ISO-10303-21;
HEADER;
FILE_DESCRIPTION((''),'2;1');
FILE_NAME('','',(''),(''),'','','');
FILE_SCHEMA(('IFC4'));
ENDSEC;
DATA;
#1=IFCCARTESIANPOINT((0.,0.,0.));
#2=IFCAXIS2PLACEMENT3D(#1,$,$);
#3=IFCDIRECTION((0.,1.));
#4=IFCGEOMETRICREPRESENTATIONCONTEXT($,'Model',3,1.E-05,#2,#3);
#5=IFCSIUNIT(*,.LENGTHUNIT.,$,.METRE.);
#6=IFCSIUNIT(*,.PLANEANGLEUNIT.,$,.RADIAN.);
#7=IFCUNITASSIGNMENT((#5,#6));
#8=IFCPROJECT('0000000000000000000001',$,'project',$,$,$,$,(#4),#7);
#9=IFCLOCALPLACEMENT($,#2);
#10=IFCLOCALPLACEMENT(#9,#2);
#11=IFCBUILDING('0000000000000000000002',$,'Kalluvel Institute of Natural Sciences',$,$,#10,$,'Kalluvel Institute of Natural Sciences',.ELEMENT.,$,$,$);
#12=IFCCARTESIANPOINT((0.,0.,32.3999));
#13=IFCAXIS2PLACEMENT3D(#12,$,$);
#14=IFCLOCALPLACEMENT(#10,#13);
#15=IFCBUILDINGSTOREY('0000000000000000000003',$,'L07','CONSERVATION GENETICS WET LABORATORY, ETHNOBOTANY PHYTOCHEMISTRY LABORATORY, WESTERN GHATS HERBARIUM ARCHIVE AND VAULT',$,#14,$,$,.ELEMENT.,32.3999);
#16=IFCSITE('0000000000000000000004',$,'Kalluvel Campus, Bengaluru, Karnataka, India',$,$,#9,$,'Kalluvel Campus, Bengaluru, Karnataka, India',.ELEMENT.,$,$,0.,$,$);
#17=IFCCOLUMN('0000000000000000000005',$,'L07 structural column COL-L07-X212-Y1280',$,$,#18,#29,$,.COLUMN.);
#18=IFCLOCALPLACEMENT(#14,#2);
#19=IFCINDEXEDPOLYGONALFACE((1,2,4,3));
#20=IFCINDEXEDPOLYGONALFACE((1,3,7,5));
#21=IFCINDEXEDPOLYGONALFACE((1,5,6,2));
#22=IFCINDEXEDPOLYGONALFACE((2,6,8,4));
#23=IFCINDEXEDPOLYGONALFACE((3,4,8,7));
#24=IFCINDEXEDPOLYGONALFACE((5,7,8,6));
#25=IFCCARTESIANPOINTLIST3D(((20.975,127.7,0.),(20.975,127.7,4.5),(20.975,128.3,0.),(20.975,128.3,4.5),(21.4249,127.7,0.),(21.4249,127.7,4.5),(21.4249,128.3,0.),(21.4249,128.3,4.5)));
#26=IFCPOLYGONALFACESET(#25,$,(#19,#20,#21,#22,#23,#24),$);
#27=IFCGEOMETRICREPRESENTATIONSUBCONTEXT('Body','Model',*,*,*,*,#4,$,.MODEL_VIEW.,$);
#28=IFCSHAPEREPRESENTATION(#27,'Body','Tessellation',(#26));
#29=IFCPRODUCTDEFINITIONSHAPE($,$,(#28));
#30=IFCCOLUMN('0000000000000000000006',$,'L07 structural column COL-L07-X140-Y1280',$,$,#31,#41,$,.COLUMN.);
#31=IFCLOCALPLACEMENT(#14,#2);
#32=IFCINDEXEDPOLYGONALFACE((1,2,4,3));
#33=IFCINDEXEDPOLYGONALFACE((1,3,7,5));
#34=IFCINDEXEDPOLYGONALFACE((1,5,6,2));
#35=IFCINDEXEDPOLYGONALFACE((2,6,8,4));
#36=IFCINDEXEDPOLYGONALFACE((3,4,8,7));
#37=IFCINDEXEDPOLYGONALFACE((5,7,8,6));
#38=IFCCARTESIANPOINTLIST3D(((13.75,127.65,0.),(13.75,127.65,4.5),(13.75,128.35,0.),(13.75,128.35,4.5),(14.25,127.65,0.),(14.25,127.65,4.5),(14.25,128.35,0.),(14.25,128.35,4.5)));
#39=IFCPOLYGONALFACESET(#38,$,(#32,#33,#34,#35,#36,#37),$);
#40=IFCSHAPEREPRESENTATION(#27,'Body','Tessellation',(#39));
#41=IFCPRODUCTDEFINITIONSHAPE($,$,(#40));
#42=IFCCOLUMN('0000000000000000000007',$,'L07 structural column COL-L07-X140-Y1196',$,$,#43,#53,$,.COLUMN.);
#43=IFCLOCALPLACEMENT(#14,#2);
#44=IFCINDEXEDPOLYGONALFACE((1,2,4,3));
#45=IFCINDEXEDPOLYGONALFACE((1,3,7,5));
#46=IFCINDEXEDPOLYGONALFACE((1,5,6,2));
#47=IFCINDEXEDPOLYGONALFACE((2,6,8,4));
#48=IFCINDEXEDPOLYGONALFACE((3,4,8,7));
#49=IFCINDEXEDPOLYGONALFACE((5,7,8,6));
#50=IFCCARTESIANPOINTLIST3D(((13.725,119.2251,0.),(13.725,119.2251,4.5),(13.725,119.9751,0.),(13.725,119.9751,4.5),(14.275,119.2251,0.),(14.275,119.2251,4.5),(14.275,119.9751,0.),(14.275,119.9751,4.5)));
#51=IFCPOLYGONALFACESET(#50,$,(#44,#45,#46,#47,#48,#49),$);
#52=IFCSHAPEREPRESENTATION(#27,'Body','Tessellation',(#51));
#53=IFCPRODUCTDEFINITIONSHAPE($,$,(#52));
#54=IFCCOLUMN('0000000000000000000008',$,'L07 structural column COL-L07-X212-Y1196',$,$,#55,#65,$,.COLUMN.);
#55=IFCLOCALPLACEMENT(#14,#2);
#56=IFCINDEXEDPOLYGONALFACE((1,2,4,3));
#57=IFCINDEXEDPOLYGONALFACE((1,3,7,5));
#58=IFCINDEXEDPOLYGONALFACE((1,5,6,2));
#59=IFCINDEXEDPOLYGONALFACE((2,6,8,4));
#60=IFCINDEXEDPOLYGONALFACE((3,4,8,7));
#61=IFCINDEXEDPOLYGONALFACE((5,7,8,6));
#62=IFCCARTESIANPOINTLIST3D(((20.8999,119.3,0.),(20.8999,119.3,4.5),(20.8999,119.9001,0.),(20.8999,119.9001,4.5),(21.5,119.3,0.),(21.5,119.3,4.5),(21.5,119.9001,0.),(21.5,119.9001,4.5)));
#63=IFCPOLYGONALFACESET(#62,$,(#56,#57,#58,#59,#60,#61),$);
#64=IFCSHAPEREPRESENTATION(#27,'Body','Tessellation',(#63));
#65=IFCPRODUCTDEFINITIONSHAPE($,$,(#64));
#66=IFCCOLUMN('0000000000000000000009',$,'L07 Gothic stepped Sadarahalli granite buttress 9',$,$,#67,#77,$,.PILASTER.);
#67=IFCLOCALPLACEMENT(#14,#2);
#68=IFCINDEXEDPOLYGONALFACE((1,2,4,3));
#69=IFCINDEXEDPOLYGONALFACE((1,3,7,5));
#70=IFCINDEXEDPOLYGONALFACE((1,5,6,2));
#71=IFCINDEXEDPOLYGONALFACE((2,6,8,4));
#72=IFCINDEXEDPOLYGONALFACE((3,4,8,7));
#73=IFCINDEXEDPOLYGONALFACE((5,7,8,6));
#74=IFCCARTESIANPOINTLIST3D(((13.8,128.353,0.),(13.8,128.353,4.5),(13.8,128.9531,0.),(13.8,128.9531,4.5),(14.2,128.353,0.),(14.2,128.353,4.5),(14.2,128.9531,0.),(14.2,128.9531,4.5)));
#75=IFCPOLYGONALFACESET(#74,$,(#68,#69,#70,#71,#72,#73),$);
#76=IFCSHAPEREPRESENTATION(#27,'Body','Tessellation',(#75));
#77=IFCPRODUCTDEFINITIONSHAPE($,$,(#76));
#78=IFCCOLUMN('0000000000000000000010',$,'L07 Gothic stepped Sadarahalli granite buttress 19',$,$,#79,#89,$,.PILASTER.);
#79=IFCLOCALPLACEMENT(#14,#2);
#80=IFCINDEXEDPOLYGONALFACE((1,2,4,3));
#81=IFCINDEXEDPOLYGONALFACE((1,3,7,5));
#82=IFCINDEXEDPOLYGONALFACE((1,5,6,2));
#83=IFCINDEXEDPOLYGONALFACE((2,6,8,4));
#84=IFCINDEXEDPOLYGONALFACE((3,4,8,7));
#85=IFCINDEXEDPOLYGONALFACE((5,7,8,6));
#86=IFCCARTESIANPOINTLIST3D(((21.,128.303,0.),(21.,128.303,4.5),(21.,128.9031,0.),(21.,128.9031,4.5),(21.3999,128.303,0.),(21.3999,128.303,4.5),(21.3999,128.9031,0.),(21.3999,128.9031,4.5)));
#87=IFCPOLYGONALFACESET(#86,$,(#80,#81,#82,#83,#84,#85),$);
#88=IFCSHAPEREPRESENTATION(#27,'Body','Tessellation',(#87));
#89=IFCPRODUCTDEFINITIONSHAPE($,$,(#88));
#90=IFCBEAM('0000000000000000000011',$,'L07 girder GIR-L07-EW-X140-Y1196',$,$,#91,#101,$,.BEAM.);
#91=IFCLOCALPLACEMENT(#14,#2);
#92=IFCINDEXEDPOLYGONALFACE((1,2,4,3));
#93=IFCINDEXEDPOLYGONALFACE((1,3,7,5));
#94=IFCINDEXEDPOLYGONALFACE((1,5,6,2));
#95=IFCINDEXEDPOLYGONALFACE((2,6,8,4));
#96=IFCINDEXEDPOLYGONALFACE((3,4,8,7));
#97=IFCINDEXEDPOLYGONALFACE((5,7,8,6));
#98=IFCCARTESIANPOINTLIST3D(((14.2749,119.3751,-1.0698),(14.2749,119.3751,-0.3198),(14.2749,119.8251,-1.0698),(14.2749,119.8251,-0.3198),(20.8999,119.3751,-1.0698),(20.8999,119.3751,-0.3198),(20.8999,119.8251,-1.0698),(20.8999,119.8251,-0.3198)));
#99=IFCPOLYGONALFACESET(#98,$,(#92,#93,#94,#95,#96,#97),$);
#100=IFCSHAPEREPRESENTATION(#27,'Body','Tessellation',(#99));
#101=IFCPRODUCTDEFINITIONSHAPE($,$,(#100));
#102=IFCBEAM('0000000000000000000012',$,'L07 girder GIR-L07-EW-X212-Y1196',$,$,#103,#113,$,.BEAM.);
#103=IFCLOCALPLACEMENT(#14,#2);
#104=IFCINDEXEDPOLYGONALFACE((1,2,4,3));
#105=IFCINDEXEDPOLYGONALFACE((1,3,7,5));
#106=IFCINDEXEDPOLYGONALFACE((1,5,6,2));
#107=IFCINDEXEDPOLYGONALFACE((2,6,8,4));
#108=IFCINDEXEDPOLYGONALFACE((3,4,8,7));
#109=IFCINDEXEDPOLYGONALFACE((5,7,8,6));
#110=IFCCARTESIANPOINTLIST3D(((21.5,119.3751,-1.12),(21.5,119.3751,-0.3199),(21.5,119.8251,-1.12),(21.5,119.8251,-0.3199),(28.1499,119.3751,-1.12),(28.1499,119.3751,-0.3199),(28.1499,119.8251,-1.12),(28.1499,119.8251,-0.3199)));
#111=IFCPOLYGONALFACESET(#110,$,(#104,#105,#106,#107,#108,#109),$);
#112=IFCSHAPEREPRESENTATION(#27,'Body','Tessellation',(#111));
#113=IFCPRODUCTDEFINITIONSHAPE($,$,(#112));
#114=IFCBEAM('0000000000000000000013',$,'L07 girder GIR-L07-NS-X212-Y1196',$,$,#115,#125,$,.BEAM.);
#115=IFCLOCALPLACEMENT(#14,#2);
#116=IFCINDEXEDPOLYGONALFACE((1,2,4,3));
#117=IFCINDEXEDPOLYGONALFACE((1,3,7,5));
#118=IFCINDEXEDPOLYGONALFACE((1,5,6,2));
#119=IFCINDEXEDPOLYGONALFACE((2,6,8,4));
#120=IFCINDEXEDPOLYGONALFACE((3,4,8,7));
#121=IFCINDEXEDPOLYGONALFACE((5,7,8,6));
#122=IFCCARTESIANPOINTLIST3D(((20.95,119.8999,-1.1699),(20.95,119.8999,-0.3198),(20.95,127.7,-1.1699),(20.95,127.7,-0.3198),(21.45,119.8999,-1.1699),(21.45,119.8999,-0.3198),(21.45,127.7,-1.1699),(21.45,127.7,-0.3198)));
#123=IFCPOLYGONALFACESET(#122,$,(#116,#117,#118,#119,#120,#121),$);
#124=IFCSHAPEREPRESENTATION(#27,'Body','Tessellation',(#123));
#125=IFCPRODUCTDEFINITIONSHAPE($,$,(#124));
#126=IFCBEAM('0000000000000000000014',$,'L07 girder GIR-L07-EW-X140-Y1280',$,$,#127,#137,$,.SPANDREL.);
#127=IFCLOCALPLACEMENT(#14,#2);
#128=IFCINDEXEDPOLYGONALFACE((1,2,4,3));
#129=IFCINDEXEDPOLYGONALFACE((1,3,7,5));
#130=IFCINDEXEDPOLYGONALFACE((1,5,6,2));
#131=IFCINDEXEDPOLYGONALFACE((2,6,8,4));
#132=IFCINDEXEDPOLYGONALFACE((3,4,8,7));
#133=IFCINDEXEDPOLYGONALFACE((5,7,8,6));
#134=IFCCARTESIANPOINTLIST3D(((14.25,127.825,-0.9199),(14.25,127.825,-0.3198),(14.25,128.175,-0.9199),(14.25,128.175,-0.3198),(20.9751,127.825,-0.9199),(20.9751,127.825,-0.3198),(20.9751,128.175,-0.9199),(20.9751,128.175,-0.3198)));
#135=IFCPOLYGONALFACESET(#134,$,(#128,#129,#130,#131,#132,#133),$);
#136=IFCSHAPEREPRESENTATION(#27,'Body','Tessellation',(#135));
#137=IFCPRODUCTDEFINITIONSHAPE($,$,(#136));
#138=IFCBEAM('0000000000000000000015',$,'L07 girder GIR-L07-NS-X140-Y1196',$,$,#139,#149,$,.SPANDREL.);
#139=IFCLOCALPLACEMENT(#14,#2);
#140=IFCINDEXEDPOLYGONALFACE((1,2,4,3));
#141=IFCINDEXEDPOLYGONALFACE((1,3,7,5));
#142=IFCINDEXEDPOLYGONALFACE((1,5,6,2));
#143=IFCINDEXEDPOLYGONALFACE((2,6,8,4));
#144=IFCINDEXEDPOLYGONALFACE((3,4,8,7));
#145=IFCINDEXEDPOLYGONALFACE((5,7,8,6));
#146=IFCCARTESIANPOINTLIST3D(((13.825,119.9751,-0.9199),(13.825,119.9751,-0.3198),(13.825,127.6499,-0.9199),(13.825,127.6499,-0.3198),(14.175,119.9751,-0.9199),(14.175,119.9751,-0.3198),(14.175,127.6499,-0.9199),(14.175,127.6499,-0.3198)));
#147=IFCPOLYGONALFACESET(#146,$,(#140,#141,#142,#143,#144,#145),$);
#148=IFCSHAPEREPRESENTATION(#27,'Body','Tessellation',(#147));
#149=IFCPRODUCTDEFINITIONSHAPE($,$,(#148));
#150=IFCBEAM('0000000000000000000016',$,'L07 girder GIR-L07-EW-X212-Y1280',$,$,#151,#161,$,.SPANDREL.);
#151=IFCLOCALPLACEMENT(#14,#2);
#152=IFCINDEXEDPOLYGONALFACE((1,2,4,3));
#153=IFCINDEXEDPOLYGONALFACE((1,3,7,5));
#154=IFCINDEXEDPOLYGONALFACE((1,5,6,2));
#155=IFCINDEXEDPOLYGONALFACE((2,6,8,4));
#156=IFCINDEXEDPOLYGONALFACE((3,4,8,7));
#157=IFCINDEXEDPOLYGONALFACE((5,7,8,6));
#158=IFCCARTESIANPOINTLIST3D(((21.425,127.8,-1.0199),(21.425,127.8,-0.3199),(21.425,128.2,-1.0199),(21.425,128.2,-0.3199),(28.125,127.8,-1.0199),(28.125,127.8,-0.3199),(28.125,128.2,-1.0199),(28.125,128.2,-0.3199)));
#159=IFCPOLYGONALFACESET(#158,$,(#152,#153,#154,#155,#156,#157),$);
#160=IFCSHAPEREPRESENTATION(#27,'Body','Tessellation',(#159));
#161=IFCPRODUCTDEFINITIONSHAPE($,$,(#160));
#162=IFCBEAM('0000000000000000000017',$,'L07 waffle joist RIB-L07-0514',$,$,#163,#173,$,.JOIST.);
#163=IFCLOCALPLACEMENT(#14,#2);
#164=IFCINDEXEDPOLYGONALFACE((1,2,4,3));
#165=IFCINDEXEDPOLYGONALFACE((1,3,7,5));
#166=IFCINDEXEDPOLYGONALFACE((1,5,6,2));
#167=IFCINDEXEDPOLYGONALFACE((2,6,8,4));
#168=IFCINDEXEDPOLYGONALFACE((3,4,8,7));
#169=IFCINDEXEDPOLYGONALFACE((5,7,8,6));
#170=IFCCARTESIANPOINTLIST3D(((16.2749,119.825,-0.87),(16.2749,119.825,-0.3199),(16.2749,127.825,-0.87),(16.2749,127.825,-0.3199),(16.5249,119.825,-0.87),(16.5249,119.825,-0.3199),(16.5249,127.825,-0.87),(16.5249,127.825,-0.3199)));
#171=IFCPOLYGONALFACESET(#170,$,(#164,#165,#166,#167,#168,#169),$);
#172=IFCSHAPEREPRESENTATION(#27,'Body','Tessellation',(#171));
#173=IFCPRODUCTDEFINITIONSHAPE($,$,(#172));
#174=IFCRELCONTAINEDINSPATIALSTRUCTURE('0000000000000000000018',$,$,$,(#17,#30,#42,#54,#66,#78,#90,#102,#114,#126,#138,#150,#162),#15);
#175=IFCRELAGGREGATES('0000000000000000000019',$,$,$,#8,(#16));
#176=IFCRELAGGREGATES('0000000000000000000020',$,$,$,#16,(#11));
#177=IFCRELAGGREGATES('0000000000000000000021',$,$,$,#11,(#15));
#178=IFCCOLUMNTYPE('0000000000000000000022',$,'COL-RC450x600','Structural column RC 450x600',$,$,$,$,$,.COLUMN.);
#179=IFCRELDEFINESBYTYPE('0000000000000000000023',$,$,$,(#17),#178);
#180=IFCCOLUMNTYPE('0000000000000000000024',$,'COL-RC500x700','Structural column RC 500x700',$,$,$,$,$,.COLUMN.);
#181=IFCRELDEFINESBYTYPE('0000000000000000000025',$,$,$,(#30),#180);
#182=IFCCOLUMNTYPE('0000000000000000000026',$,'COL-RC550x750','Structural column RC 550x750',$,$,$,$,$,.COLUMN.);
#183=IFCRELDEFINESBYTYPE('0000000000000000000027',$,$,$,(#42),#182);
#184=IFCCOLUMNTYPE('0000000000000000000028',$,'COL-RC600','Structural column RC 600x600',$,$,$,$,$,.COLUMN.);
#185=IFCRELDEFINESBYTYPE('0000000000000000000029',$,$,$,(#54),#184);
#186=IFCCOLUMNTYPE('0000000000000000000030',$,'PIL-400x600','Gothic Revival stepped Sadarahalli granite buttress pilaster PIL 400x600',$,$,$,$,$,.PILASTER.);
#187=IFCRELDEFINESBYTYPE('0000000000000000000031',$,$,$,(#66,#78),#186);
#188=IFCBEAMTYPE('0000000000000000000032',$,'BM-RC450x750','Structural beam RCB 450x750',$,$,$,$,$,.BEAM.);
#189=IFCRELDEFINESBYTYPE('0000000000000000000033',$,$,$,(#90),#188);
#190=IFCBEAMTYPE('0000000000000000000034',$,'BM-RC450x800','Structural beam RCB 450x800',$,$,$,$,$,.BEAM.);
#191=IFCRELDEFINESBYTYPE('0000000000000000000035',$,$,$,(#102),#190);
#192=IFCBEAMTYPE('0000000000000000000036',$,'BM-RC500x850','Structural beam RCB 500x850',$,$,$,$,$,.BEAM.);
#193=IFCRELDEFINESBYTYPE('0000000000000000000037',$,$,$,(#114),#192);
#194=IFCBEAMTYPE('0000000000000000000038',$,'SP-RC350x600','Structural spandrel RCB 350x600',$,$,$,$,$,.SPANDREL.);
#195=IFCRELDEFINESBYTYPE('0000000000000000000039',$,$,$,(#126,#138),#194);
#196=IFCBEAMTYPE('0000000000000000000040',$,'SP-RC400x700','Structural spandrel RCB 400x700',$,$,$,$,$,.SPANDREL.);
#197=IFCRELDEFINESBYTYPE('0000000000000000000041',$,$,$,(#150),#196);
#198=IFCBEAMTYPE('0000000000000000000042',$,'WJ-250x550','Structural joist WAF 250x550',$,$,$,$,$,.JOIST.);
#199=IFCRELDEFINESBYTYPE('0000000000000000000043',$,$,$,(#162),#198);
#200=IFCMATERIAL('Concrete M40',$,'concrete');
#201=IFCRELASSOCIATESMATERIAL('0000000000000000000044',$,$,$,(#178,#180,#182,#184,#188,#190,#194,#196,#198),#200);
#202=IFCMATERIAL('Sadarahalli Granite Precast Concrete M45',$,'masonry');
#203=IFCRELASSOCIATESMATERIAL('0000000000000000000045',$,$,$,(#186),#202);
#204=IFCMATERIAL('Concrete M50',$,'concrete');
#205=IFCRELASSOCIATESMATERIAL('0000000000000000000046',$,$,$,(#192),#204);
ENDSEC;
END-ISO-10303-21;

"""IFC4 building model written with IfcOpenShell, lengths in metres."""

from ifc_helpers import new_model, si_unit, direction, frame, origin, origin_2d, place, context, subcontext, project, spatial, rectangle, extrude, material, material_profile, profile_set, type_object, element, save


model = new_model("IFC4")

# Units and contexts
model_context = context("Model", 3, precision=1e-05, world=origin(), true_north=direction((0.0, 1.0)))
body_context = subcontext(model_context, "Body", "Model", "MODEL_VIEW")
ifc_project = project(units=[si_unit("LENGTHUNIT", "METRE"), si_unit("PLANEANGLEUNIT", "RADIAN")], contexts=[model_context])

# Site, building, storey
site_placement = place(None, origin())
site = spatial("IfcSite", under=ifc_project, at=site_placement, Name="Kalluvel Campus, Bengaluru, Karnataka, India", LongName="Kalluvel Campus, Bengaluru, Karnataka, India", CompositionType="ELEMENT", RefElevation=0.0)
building_placement = place(site_placement, origin())
building = spatial("IfcBuilding", under=site, at=building_placement, Name="Kalluvel Institute of Natural Sciences", LongName="Kalluvel Institute of Natural Sciences", CompositionType="ELEMENT")
storey_placement = place(building_placement, frame((0.0, 0.0, 32.3999)))
storey = spatial("IfcBuildingStorey", under=building, at=storey_placement, Name="L07", Description="CONSERVATION GENETICS WET LABORATORY, ETHNOBOTANY PHYTOCHEMISTRY LABORATORY, WESTERN GHATS HERBARIUM ARCHIVE AND VAULT", CompositionType="ELEMENT", Elevation=32.3999)

# Columns
ifc_material_1 = material(Name="Concrete M40", Category="concrete")
ifc_material_profile_1 = material_profile(ifc_material_1, rectangle(XDim=0.45, YDim=0.6001, at=origin_2d()), Name="RC 450x600")
ifc_profile_set_1 = profile_set([ifc_material_profile_1], Name="Concrete M40")
column_type_1 = type_object("IfcColumnType", Name="COL-RC450x600", Description="Structural column RC 450x600", PredefinedType="COLUMN", material=ifc_profile_set_1)
column_1_placement = place(storey_placement, frame((21.2, 128.0, 0.0), z_axis=(0.0, 0.0, 1.0), x_axis=(1.0, 0.0, 0.0)))
element("IfcColumn", 1, at=column_1_placement, inside=storey, type_object=column_type_1, Name="L07 structural column COL-L07-X212-Y1280", PredefinedType="COLUMN", context=body_context, shape_type="SweptSolid", body=[
    extrude(rectangle(XDim=0.45, YDim=0.6001, at=origin_2d()), origin(), (0.0, 0.0, 1.0), 4.5),
])
ifc_material_profile_2 = material_profile(ifc_material_1, rectangle(XDim=0.5, YDim=0.7, at=origin_2d()), Name="RC 500x700")
ifc_profile_set_2 = profile_set([ifc_material_profile_2], Name="Concrete M40")
column_type_2 = type_object("IfcColumnType", Name="COL-RC500x700", Description="Structural column RC 500x700", PredefinedType="COLUMN", material=ifc_profile_set_2)
column_2_placement = place(storey_placement, frame((14.0, 128.0, 0.0), z_axis=(0.0, 0.0, 1.0), x_axis=(1.0, 0.0, 0.0)))
element("IfcColumn", 2, at=column_2_placement, inside=storey, type_object=column_type_2, Name="L07 structural column COL-L07-X140-Y1280", PredefinedType="COLUMN", context=body_context, shape_type="SweptSolid", body=[
    extrude(rectangle(XDim=0.5, YDim=0.7, at=origin_2d()), origin(), (0.0, 0.0, 1.0), 4.5),
])
ifc_material_profile_3 = material_profile(ifc_material_1, rectangle(XDim=0.55, YDim=0.75, at=origin_2d()), Name="RC 550x750")
ifc_profile_set_3 = profile_set([ifc_material_profile_3], Name="Concrete M40")
column_type_3 = type_object("IfcColumnType", Name="COL-RC550x750", Description="Structural column RC 550x750", PredefinedType="COLUMN", material=ifc_profile_set_3)
column_3_placement = place(storey_placement, frame((14.0, 119.6001, 0.0), z_axis=(0.0, 0.0, 1.0), x_axis=(1.0, 0.0, 0.0)))
element("IfcColumn", 3, at=column_3_placement, inside=storey, type_object=column_type_3, Name="L07 structural column COL-L07-X140-Y1196", PredefinedType="COLUMN", context=body_context, shape_type="SweptSolid", body=[
    extrude(rectangle(XDim=0.55, YDim=0.75, at=origin_2d()), origin(), (0.0, 0.0, 1.0), 4.5),
])
ifc_material_profile_4 = material_profile(ifc_material_1, rectangle(XDim=0.6001, YDim=0.6001, at=origin_2d()), Name="RC 600x600")
ifc_profile_set_4 = profile_set([ifc_material_profile_4], Name="Concrete M40")
column_type_4 = type_object("IfcColumnType", Name="COL-RC600", Description="Structural column RC 600x600", PredefinedType="COLUMN", material=ifc_profile_set_4)
column_4_placement = place(storey_placement, frame((21.2, 119.6001, 0.0), z_axis=(0.0, 0.0, 1.0), x_axis=(1.0, 0.0, 0.0)))
element("IfcColumn", 4, at=column_4_placement, inside=storey, type_object=column_type_4, Name="L07 structural column COL-L07-X212-Y1196", PredefinedType="COLUMN", context=body_context, shape_type="SweptSolid", body=[
    extrude(rectangle(XDim=0.6001, YDim=0.6001, at=origin_2d()), origin(), (0.0, 0.0, 1.0), 4.5),
])
ifc_material_2 = material(Name="Sadarahalli Granite Precast Concrete M45", Category="masonry")
ifc_material_profile_5 = material_profile(ifc_material_2, rectangle(XDim=0.3999, YDim=0.6001, at=origin_2d()), Name="PIL 400x600")
ifc_profile_set_5 = profile_set([ifc_material_profile_5], Name="Sadarahalli Granite Precast Concrete M45")
column_type_5 = type_object("IfcColumnType", Name="PIL-400x600", Description="Gothic Revival stepped Sadarahalli granite buttress pilaster PIL 400x600", PredefinedType="PILASTER", material=ifc_profile_set_5)
for number, where, z_axis, x_axis, name in (
    (5, (14.0, 128.6531, 0.0), (0.0, 0.0, 1.0), (1.0, 0.0, 0.0), "L07 Gothic stepped Sadarahalli granite buttress 9"),
    (6, (21.2, 128.603, 0.0), (0.0, 0.0, 1.0), (1.0, 0.0, 0.0), "L07 Gothic stepped Sadarahalli granite buttress 19"),
):
    element("IfcColumn", number, at=place(storey_placement, frame(where, z_axis=z_axis, x_axis=x_axis)), inside=storey, type_object=column_type_5, Name=name, PredefinedType="PILASTER", context=body_context, shape_type="SweptSolid", body=[
        extrude(rectangle(XDim=0.3999, YDim=0.6001, at=origin_2d()), origin(), (0.0, 0.0, 1.0), 4.5),
    ])

# Beams
ifc_material_profile_6 = material_profile(ifc_material_1, rectangle(XDim=0.45, YDim=0.75, at=origin_2d()), Name="RCB 450x750")
ifc_profile_set_6 = profile_set([ifc_material_profile_6], Name="Concrete M40")
beam_type_1 = type_object("IfcBeamType", Name="BM-RC450x750", Description="Structural beam RCB 450x750", PredefinedType="BEAM", material=ifc_profile_set_6)
beam_1_placement = place(storey_placement, frame((14.2749, 119.6001, -0.6948), z_axis=(1.0, 0.0, 0.0), x_axis=(0.0, 1.0, 0.0)))
element("IfcBeam", 7, at=beam_1_placement, inside=storey, type_object=beam_type_1, Name="L07 girder GIR-L07-EW-X140-Y1196", PredefinedType="BEAM", context=body_context, shape_type="SweptSolid", body=[
    extrude(rectangle(XDim=0.45, YDim=0.75, at=origin_2d()), origin(), (0.0, 0.0, 1.0), 6.625),
])
ifc_material_profile_7 = material_profile(ifc_material_1, rectangle(XDim=0.45, YDim=0.8, at=origin_2d()), Name="RCB 450x800")
ifc_profile_set_7 = profile_set([ifc_material_profile_7], Name="Concrete M40")
beam_type_2 = type_object("IfcBeamType", Name="BM-RC450x800", Description="Structural beam RCB 450x800", PredefinedType="BEAM", material=ifc_profile_set_7)
beam_2_placement = place(storey_placement, frame((21.5, 119.6001, -0.72), z_axis=(1.0, 0.0, 0.0), x_axis=(0.0, 1.0, 0.0)))
element("IfcBeam", 8, at=beam_2_placement, inside=storey, type_object=beam_type_2, Name="L07 girder GIR-L07-EW-X212-Y1196", PredefinedType="BEAM", context=body_context, shape_type="SweptSolid", body=[
    extrude(rectangle(XDim=0.45, YDim=0.8, at=origin_2d()), origin(), (0.0, 0.0, 1.0), 6.6499),
])
ifc_material_3 = material(Name="Concrete M50", Category="concrete")
ifc_material_profile_8 = material_profile(ifc_material_3, rectangle(XDim=0.5, YDim=0.8501, at=origin_2d()), Name="RCB 500x850")
ifc_profile_set_8 = profile_set([ifc_material_profile_8], Name="Concrete M50")
beam_type_3 = type_object("IfcBeamType", Name="BM-RC500x850", Description="Structural beam RCB 500x850", PredefinedType="BEAM", material=ifc_profile_set_8)
beam_3_placement = place(storey_placement, frame((21.2, 119.8999, -0.7449), z_axis=(0.0, 1.0, 0.0), x_axis=(-1.0, 0.0, 0.0)))
element("IfcBeam", 9, at=beam_3_placement, inside=storey, type_object=beam_type_3, Name="L07 girder GIR-L07-NS-X212-Y1196", PredefinedType="BEAM", context=body_context, shape_type="SweptSolid", body=[
    extrude(rectangle(XDim=0.5, YDim=0.8501, at=origin_2d()), origin(), (0.0, 0.0, 1.0), 7.8),
])
ifc_material_profile_9 = material_profile(ifc_material_1, rectangle(XDim=0.3501, YDim=0.6001, at=origin_2d()), Name="RCB 350x600")
ifc_profile_set_9 = profile_set([ifc_material_profile_9], Name="Concrete M40")
beam_type_4 = type_object("IfcBeamType", Name="SP-RC350x600", Description="Structural spandrel RCB 350x600", PredefinedType="SPANDREL", material=ifc_profile_set_9)
beam_4_placement = place(storey_placement, frame((14.25, 128.0, -0.6199), z_axis=(1.0, 0.0, 0.0), x_axis=(0.0, 1.0, 0.0)))
element("IfcBeam", 10, at=beam_4_placement, inside=storey, type_object=beam_type_4, Name="L07 girder GIR-L07-EW-X140-Y1280", PredefinedType="SPANDREL", context=body_context, shape_type="SweptSolid", body=[
    extrude(rectangle(XDim=0.3501, YDim=0.6001, at=origin_2d()), origin(), (0.0, 0.0, 1.0), 6.7251),
])
beam_5_placement = place(storey_placement, frame((14.0, 119.9751, -0.6199), z_axis=(0.0, 1.0, 0.0), x_axis=(-1.0, 0.0, 0.0)))
element("IfcBeam", 11, at=beam_5_placement, inside=storey, type_object=beam_type_4, Name="L07 girder GIR-L07-NS-X140-Y1196", PredefinedType="SPANDREL", context=body_context, shape_type="SweptSolid", body=[
    extrude(rectangle(XDim=0.3501, YDim=0.6001, at=origin_2d()), origin(), (0.0, 0.0, 1.0), 7.6748),
])
ifc_material_profile_10 = material_profile(ifc_material_1, rectangle(XDim=0.3999, YDim=0.7, at=origin_2d()), Name="RCB 400x700")
ifc_profile_set_10 = profile_set([ifc_material_profile_10], Name="Concrete M40")
beam_type_5 = type_object("IfcBeamType", Name="SP-RC400x700", Description="Structural spandrel RCB 400x700", PredefinedType="SPANDREL", material=ifc_profile_set_10)
beam_6_placement = place(storey_placement, frame((21.425, 128.0, -0.6699), z_axis=(1.0, 0.0, 0.0), x_axis=(0.0, 1.0, 0.0)))
element("IfcBeam", 12, at=beam_6_placement, inside=storey, type_object=beam_type_5, Name="L07 girder GIR-L07-EW-X212-Y1280", PredefinedType="SPANDREL", context=body_context, shape_type="SweptSolid", body=[
    extrude(rectangle(XDim=0.3999, YDim=0.7, at=origin_2d()), origin(), (0.0, 0.0, 1.0), 6.7),
])
ifc_material_profile_11 = material_profile(ifc_material_1, rectangle(XDim=0.25, YDim=0.55, at=origin_2d()), Name="WAF 250x550")
ifc_profile_set_11 = profile_set([ifc_material_profile_11], Name="Concrete M40")
beam_type_6 = type_object("IfcBeamType", Name="WJ-250x550", Description="Structural joist WAF 250x550", PredefinedType="JOIST", material=ifc_profile_set_11)
beam_7_placement = place(storey_placement, frame((16.3999, 119.825, -0.595), z_axis=(0.0, 1.0, 0.0), x_axis=(-1.0, 0.0, 0.0)))
element("IfcBeam", 13, at=beam_7_placement, inside=storey, type_object=beam_type_6, Name="L07 waffle joist RIB-L07-0514", PredefinedType="JOIST", context=body_context, shape_type="SweptSolid", body=[
    extrude(rectangle(XDim=0.25, YDim=0.55, at=origin_2d()), origin(), (0.0, 0.0, 1.0), 8.0),
])

save(model, "model.ifc")
